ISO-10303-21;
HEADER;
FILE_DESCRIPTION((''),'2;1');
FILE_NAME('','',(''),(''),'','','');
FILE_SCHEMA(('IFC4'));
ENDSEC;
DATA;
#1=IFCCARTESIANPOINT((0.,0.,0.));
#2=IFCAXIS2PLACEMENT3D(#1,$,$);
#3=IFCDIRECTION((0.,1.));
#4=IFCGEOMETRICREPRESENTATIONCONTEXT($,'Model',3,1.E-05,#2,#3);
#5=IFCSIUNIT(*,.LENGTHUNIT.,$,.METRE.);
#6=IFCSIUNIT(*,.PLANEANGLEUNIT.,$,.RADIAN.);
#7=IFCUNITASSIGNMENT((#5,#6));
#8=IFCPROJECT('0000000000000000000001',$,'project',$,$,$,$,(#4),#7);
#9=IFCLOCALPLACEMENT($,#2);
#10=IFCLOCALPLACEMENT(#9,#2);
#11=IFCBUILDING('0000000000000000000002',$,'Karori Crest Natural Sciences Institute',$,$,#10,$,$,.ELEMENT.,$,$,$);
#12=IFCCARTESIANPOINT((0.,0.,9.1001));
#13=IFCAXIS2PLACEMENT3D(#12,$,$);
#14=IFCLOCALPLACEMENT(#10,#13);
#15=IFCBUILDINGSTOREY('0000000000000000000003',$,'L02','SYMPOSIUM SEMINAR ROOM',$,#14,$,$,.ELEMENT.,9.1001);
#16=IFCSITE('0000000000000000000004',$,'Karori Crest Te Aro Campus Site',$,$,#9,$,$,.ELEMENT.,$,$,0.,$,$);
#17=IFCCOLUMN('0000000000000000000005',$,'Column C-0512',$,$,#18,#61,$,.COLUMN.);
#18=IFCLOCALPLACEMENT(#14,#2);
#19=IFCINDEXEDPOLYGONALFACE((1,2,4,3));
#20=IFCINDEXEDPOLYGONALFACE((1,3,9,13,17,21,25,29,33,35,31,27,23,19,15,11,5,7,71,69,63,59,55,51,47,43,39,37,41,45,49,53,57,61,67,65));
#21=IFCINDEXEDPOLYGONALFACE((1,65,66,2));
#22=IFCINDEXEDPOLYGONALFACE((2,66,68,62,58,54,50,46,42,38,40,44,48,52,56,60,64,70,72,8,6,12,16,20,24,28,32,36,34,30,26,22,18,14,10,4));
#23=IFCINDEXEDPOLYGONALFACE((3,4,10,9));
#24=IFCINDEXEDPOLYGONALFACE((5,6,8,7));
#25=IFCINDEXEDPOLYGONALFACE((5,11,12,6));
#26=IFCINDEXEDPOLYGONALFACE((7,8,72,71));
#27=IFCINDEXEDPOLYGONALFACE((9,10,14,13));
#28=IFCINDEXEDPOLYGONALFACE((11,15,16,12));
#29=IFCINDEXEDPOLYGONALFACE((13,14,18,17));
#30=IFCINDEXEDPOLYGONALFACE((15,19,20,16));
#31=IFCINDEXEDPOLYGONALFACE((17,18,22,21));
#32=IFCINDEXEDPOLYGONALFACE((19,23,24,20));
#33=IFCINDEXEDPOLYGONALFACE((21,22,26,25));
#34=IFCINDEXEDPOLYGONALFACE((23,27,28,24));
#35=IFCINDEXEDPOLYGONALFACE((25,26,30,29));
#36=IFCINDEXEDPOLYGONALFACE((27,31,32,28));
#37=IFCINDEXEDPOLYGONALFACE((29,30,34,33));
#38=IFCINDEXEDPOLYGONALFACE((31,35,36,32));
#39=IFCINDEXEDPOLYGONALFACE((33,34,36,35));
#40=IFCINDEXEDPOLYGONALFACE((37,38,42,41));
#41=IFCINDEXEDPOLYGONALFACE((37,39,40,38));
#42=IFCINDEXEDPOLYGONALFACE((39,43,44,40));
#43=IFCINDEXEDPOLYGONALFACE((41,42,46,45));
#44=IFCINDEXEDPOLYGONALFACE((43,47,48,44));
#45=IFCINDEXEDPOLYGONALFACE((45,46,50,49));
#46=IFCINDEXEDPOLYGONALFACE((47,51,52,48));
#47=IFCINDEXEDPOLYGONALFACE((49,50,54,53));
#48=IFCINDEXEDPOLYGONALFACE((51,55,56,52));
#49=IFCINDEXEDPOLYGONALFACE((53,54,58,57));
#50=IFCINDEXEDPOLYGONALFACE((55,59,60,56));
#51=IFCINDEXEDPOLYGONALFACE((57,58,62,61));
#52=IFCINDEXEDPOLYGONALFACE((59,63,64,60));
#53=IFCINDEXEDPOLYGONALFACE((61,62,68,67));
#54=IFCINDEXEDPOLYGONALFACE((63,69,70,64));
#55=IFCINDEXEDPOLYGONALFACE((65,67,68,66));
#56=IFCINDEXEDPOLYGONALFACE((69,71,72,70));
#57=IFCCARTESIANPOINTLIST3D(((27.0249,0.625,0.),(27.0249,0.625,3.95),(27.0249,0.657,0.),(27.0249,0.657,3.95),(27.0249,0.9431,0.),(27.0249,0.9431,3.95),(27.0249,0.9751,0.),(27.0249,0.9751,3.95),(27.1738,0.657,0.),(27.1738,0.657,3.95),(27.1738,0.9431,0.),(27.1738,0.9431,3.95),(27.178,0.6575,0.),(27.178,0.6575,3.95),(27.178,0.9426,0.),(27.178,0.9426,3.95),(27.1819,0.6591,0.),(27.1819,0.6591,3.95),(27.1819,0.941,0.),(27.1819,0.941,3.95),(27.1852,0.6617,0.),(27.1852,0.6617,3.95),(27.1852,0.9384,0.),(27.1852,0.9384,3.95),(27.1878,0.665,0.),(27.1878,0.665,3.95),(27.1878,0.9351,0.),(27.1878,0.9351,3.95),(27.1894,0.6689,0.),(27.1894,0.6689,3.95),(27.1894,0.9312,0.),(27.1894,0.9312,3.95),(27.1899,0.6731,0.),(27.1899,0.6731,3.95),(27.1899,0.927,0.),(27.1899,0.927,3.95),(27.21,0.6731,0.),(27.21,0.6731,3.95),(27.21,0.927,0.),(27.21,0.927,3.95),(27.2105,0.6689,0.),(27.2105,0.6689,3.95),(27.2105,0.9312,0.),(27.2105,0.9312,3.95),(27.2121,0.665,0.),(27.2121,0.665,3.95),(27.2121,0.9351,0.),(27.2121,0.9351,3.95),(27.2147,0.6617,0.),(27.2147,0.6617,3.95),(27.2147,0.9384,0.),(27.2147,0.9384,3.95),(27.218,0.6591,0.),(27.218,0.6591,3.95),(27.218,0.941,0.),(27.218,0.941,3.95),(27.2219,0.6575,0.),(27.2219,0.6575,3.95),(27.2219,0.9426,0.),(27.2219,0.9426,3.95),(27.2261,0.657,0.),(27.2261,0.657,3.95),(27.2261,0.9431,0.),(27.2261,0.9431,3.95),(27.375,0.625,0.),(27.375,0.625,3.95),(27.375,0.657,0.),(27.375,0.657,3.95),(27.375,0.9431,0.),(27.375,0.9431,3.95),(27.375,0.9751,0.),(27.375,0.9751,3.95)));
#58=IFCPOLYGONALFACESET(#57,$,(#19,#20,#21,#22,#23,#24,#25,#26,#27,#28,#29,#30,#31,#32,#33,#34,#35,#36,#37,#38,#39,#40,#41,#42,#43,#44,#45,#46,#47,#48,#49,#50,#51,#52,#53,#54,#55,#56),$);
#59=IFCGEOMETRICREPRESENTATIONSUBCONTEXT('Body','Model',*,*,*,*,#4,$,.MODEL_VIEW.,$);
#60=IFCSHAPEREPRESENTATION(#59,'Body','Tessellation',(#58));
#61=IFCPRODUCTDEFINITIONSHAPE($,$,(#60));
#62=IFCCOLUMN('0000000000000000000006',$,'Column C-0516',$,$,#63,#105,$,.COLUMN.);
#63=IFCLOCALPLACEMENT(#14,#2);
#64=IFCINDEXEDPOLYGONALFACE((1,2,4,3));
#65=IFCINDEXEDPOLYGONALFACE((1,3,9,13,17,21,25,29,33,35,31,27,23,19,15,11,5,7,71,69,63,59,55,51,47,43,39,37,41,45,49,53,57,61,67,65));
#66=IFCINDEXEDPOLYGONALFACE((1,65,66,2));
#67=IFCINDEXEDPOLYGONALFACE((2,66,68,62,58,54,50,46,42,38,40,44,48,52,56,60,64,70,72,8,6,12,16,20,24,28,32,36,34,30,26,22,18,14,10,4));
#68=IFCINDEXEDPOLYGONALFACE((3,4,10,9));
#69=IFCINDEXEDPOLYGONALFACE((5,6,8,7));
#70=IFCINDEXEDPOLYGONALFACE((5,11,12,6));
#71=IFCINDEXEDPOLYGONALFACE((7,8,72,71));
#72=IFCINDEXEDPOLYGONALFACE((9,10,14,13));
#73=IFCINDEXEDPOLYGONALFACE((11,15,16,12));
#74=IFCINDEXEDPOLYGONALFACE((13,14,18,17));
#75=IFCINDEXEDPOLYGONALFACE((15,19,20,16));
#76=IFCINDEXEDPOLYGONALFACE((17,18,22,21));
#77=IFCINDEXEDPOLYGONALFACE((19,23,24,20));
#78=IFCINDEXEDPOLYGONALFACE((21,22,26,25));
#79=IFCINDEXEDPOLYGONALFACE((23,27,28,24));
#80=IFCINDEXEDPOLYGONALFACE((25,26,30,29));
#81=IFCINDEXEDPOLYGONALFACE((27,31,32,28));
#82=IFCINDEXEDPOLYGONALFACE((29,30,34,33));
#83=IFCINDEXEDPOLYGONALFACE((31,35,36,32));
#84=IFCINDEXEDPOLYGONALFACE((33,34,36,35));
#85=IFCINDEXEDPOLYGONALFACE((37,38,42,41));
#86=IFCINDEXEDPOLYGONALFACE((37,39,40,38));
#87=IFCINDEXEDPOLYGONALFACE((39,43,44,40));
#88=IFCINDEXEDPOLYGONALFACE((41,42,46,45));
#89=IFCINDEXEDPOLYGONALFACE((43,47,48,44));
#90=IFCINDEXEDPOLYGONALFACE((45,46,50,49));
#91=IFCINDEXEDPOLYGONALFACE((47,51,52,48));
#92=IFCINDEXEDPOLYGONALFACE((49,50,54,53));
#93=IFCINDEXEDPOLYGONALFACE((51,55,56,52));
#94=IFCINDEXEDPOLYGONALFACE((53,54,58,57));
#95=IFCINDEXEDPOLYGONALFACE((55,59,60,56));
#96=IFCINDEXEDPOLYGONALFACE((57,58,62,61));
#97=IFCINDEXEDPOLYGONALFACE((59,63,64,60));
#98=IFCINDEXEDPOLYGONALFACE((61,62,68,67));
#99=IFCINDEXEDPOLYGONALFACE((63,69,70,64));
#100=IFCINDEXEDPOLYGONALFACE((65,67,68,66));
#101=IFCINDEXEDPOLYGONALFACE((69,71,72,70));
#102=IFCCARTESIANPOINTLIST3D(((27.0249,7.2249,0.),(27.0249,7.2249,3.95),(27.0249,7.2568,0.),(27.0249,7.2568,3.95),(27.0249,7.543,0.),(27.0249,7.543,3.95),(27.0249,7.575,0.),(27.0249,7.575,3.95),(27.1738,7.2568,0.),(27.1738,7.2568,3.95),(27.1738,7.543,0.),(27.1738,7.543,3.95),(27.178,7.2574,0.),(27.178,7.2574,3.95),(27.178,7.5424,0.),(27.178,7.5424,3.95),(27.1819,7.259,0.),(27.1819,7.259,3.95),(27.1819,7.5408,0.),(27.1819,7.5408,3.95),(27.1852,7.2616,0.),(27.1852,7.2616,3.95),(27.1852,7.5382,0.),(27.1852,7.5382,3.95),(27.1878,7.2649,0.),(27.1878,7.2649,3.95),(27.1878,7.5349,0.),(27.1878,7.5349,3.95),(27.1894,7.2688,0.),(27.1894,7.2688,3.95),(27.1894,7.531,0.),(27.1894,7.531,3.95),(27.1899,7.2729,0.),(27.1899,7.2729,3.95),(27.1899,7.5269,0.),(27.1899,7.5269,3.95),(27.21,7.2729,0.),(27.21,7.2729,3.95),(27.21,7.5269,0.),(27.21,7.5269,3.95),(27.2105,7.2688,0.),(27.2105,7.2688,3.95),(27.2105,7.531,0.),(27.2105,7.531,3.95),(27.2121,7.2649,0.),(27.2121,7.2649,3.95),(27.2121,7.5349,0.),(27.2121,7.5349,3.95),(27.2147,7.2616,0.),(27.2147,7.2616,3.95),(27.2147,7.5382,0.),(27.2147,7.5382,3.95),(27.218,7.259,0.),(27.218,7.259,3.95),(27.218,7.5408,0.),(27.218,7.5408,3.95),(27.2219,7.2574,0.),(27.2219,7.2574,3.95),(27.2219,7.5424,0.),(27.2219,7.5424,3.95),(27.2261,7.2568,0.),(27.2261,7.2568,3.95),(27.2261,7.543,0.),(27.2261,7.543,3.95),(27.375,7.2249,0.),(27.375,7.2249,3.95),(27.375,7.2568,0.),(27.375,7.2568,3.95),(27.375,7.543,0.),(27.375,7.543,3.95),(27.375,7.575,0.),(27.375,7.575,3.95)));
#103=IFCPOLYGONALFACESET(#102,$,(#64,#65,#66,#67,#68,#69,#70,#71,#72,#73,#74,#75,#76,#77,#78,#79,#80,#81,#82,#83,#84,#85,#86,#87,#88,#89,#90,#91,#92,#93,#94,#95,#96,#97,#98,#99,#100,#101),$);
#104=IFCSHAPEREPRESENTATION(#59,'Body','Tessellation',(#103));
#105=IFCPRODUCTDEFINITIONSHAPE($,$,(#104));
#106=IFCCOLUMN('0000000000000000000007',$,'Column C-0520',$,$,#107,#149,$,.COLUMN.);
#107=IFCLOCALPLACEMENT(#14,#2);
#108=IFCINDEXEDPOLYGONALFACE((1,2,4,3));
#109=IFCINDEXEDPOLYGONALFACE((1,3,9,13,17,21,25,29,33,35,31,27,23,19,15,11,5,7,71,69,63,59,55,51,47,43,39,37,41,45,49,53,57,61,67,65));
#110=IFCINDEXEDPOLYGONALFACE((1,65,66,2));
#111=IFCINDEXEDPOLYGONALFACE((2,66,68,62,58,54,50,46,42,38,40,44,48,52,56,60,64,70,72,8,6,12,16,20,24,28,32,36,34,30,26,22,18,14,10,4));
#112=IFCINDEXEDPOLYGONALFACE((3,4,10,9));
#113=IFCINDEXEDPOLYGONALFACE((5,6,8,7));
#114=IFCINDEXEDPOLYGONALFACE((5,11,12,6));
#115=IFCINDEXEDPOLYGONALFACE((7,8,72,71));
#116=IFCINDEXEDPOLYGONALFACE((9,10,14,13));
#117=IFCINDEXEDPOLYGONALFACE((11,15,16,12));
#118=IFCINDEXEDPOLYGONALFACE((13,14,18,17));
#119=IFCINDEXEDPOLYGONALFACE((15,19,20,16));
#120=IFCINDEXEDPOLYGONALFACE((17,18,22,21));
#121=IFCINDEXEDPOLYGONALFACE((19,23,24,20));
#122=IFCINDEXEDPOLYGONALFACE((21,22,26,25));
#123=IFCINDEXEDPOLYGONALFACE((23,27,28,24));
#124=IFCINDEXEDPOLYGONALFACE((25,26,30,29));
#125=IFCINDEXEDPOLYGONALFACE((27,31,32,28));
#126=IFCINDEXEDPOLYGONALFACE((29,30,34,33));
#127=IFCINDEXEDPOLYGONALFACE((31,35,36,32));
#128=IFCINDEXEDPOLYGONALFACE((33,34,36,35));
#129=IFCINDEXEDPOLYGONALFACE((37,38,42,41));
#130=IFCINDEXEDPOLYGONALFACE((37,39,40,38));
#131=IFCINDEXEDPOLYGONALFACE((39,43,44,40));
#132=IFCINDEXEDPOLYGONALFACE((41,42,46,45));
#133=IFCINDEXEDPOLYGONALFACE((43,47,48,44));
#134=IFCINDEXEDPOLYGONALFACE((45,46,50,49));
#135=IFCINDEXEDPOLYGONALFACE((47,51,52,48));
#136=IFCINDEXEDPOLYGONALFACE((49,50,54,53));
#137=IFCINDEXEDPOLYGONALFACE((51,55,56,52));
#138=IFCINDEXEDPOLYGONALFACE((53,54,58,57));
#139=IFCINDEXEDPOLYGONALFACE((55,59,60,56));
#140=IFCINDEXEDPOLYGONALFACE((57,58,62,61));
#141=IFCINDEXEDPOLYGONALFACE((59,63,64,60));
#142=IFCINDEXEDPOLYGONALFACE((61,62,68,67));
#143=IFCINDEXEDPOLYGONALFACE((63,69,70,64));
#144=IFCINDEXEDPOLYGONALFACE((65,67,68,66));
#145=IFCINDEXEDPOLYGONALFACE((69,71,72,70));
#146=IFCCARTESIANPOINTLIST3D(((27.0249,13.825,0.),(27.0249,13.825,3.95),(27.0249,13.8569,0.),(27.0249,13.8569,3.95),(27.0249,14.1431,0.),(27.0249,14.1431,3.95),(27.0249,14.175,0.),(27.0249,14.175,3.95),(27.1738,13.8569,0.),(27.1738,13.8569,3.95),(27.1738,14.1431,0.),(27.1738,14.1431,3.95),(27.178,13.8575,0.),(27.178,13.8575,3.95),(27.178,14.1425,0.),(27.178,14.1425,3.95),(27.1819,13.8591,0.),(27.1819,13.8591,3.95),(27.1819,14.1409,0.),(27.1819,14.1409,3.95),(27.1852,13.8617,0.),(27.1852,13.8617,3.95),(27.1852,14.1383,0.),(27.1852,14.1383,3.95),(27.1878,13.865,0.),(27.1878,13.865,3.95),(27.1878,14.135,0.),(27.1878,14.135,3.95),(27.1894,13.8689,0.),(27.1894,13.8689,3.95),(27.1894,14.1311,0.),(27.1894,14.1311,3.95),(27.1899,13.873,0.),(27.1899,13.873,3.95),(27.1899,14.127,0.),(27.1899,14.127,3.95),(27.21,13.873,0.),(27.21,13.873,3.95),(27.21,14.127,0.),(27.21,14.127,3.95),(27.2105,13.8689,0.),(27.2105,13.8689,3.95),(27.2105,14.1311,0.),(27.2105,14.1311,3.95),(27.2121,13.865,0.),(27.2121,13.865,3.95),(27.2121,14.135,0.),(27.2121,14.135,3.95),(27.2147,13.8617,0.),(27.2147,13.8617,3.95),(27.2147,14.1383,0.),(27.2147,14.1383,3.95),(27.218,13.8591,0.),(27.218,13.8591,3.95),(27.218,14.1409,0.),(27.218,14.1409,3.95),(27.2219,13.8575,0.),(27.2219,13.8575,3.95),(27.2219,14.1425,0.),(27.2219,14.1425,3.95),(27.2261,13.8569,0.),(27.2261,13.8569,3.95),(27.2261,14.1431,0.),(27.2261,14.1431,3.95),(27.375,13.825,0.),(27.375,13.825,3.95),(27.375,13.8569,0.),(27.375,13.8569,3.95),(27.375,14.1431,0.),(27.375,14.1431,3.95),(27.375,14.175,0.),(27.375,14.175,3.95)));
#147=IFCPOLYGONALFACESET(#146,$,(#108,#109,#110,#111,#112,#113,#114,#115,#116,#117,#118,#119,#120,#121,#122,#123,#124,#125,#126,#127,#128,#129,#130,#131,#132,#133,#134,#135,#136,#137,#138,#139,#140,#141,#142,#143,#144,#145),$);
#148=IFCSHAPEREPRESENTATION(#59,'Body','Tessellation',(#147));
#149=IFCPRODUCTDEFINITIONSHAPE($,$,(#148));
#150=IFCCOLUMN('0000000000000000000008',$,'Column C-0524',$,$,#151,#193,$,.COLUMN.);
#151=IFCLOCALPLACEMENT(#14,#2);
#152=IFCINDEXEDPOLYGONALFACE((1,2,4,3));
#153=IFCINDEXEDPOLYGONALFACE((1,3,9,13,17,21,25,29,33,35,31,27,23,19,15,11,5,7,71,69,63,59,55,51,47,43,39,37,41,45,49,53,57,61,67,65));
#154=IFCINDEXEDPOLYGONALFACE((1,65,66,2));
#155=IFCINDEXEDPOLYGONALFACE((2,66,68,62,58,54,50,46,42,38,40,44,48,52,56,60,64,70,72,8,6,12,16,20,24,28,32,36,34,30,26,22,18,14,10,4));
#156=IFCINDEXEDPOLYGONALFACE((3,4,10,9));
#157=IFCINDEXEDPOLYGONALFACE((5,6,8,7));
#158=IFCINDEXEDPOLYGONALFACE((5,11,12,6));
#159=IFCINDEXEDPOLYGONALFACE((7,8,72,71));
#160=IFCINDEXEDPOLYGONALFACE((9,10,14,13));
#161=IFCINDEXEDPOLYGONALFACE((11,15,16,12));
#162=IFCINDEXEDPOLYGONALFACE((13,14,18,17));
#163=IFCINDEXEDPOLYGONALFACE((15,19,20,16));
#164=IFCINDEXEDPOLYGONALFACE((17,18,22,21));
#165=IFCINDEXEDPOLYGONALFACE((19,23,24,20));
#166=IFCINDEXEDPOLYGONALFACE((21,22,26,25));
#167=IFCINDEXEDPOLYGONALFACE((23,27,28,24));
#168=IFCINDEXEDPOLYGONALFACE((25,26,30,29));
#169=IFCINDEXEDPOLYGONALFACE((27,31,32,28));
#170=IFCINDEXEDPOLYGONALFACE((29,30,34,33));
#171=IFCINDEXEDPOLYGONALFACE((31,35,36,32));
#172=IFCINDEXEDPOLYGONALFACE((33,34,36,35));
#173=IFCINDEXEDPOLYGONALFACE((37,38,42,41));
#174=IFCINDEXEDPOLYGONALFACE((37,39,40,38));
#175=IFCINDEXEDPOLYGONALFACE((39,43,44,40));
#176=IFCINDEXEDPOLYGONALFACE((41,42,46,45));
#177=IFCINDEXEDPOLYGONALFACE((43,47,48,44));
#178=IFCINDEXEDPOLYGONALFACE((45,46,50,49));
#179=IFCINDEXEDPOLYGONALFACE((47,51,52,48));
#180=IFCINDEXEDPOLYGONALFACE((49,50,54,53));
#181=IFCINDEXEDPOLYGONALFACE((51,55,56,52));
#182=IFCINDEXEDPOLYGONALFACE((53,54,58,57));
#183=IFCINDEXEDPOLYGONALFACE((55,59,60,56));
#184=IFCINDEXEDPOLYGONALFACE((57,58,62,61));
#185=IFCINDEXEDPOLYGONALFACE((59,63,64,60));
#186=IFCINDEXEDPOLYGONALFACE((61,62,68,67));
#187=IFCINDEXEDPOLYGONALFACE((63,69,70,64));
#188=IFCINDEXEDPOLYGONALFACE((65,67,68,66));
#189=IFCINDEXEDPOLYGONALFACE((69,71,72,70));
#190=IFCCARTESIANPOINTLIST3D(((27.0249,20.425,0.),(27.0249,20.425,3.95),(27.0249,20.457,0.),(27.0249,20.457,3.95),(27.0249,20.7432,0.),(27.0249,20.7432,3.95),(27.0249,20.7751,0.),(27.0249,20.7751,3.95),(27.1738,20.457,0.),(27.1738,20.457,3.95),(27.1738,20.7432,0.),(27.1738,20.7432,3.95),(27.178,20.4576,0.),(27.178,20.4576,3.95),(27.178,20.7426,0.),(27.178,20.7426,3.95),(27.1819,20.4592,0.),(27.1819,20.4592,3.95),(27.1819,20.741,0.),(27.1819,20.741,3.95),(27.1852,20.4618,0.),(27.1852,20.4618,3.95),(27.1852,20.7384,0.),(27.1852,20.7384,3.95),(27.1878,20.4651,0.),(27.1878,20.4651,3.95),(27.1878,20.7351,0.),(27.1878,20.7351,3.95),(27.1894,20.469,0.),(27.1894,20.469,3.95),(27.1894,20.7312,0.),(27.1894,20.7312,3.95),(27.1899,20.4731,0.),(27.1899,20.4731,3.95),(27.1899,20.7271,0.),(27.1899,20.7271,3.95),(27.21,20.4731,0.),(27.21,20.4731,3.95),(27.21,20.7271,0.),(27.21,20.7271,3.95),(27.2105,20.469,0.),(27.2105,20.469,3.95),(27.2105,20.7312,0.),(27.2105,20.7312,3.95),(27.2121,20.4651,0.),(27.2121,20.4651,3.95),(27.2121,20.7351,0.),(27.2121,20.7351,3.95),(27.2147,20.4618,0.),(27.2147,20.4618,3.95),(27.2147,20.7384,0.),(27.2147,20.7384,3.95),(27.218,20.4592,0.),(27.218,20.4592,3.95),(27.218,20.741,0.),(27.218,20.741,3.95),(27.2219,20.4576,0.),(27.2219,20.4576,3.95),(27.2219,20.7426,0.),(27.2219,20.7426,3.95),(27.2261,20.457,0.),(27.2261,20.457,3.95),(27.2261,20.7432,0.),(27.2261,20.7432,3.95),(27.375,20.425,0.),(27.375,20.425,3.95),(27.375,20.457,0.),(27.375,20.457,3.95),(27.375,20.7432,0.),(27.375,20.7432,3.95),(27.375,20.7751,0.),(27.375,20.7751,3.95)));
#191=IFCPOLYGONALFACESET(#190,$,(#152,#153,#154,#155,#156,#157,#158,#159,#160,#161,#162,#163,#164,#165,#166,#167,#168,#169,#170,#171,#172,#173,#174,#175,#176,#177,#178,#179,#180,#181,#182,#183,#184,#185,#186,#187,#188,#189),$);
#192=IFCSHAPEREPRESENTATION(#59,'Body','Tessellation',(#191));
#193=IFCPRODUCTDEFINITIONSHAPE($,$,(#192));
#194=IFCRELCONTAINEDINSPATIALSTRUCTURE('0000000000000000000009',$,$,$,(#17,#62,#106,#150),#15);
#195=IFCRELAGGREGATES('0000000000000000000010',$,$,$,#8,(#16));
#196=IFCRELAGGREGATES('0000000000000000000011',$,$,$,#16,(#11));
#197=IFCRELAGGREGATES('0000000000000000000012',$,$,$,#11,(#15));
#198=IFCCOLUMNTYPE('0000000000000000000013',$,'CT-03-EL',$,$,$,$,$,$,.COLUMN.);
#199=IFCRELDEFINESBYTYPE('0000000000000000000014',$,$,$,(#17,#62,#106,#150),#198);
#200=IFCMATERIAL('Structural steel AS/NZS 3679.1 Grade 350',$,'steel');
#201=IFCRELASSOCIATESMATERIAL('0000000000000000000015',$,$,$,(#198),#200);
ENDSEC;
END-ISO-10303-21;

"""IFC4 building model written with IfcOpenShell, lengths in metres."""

from ifc_helpers import new_model, si_unit, direction, frame, origin, origin_2d, place, context, subcontext, project, spatial, i_section, extrude, material, material_profile, profile_set, type_object, element, save


model = new_model("IFC4")

# Units and contexts
model_context = context("Model", 3, precision=1e-05, world=origin(), true_north=direction((0.0, 1.0)))
body_context = subcontext(model_context, "Body", "Model", "MODEL_VIEW")
ifc_project = project(units=[si_unit("LENGTHUNIT", "METRE"), si_unit("PLANEANGLEUNIT", "RADIAN")], contexts=[model_context])

# Site, building, storey
site_placement = place(None, origin())
site = spatial("IfcSite", under=ifc_project, at=site_placement, Name="Karori Crest Te Aro Campus Site", CompositionType="ELEMENT", RefElevation=0.0)
building_placement = place(site_placement, origin())
building = spatial("IfcBuilding", under=site, at=building_placement, Name="Karori Crest Natural Sciences Institute", CompositionType="ELEMENT")
storey_placement = place(building_placement, frame((0.0, 0.0, 9.1001)))
storey = spatial("IfcBuildingStorey", under=building, at=storey_placement, Name="L02", Description="SYMPOSIUM SEMINAR ROOM", CompositionType="ELEMENT", Elevation=9.1001)

# Columns
ifc_material_1 = material(Name="Structural steel AS/NZS 3679.1 Grade 350", Category="steel")
ifc_material_profile_1 = material_profile(ifc_material_1, i_section(OverallWidth=0.3501, OverallDepth=0.3501, WebThickness=0.02, FlangeThickness=0.032, FilletRadius=0.0161, at=origin_2d()), Name="350WC280")
ifc_profile_set_1 = profile_set([ifc_material_profile_1], Name="Structural steel AS/NZS 3679.1 Grade 350")
column_type = type_object("IfcColumnType", Name="CT-03-EL", PredefinedType="COLUMN", material=ifc_profile_set_1)
for number, where, z_axis, x_axis, name in (
    (1, (27.2, 0.8, 0.0), (0.0, 0.0, 1.0), (1.0, 0.0, 0.0), "Column C-0512"),
    (2, (27.2, 7.3999, 0.0), (0.0, 0.0, 1.0), (1.0, 0.0, 0.0), "Column C-0516"),
    (3, (27.2, 14.0, 0.0), (0.0, 0.0, 1.0), (1.0, 0.0, 0.0), "Column C-0520"),
    (4, (27.2, 20.6001, 0.0), (0.0, 0.0, 1.0), (1.0, 0.0, 0.0), "Column C-0524"),
):
    element("IfcColumn", number, at=place(storey_placement, frame(where, z_axis=z_axis, x_axis=x_axis)), inside=storey, type_object=column_type, Name=name, PredefinedType="COLUMN", context=body_context, shape_type="SweptSolid", body=[
        extrude(i_section(OverallWidth=0.3501, OverallDepth=0.3501, WebThickness=0.02, FlangeThickness=0.032, FilletRadius=0.0161, at=origin_2d()), origin(), (0.0, 0.0, 1.0), 3.95),
    ])

save(model, "model.ifc")
